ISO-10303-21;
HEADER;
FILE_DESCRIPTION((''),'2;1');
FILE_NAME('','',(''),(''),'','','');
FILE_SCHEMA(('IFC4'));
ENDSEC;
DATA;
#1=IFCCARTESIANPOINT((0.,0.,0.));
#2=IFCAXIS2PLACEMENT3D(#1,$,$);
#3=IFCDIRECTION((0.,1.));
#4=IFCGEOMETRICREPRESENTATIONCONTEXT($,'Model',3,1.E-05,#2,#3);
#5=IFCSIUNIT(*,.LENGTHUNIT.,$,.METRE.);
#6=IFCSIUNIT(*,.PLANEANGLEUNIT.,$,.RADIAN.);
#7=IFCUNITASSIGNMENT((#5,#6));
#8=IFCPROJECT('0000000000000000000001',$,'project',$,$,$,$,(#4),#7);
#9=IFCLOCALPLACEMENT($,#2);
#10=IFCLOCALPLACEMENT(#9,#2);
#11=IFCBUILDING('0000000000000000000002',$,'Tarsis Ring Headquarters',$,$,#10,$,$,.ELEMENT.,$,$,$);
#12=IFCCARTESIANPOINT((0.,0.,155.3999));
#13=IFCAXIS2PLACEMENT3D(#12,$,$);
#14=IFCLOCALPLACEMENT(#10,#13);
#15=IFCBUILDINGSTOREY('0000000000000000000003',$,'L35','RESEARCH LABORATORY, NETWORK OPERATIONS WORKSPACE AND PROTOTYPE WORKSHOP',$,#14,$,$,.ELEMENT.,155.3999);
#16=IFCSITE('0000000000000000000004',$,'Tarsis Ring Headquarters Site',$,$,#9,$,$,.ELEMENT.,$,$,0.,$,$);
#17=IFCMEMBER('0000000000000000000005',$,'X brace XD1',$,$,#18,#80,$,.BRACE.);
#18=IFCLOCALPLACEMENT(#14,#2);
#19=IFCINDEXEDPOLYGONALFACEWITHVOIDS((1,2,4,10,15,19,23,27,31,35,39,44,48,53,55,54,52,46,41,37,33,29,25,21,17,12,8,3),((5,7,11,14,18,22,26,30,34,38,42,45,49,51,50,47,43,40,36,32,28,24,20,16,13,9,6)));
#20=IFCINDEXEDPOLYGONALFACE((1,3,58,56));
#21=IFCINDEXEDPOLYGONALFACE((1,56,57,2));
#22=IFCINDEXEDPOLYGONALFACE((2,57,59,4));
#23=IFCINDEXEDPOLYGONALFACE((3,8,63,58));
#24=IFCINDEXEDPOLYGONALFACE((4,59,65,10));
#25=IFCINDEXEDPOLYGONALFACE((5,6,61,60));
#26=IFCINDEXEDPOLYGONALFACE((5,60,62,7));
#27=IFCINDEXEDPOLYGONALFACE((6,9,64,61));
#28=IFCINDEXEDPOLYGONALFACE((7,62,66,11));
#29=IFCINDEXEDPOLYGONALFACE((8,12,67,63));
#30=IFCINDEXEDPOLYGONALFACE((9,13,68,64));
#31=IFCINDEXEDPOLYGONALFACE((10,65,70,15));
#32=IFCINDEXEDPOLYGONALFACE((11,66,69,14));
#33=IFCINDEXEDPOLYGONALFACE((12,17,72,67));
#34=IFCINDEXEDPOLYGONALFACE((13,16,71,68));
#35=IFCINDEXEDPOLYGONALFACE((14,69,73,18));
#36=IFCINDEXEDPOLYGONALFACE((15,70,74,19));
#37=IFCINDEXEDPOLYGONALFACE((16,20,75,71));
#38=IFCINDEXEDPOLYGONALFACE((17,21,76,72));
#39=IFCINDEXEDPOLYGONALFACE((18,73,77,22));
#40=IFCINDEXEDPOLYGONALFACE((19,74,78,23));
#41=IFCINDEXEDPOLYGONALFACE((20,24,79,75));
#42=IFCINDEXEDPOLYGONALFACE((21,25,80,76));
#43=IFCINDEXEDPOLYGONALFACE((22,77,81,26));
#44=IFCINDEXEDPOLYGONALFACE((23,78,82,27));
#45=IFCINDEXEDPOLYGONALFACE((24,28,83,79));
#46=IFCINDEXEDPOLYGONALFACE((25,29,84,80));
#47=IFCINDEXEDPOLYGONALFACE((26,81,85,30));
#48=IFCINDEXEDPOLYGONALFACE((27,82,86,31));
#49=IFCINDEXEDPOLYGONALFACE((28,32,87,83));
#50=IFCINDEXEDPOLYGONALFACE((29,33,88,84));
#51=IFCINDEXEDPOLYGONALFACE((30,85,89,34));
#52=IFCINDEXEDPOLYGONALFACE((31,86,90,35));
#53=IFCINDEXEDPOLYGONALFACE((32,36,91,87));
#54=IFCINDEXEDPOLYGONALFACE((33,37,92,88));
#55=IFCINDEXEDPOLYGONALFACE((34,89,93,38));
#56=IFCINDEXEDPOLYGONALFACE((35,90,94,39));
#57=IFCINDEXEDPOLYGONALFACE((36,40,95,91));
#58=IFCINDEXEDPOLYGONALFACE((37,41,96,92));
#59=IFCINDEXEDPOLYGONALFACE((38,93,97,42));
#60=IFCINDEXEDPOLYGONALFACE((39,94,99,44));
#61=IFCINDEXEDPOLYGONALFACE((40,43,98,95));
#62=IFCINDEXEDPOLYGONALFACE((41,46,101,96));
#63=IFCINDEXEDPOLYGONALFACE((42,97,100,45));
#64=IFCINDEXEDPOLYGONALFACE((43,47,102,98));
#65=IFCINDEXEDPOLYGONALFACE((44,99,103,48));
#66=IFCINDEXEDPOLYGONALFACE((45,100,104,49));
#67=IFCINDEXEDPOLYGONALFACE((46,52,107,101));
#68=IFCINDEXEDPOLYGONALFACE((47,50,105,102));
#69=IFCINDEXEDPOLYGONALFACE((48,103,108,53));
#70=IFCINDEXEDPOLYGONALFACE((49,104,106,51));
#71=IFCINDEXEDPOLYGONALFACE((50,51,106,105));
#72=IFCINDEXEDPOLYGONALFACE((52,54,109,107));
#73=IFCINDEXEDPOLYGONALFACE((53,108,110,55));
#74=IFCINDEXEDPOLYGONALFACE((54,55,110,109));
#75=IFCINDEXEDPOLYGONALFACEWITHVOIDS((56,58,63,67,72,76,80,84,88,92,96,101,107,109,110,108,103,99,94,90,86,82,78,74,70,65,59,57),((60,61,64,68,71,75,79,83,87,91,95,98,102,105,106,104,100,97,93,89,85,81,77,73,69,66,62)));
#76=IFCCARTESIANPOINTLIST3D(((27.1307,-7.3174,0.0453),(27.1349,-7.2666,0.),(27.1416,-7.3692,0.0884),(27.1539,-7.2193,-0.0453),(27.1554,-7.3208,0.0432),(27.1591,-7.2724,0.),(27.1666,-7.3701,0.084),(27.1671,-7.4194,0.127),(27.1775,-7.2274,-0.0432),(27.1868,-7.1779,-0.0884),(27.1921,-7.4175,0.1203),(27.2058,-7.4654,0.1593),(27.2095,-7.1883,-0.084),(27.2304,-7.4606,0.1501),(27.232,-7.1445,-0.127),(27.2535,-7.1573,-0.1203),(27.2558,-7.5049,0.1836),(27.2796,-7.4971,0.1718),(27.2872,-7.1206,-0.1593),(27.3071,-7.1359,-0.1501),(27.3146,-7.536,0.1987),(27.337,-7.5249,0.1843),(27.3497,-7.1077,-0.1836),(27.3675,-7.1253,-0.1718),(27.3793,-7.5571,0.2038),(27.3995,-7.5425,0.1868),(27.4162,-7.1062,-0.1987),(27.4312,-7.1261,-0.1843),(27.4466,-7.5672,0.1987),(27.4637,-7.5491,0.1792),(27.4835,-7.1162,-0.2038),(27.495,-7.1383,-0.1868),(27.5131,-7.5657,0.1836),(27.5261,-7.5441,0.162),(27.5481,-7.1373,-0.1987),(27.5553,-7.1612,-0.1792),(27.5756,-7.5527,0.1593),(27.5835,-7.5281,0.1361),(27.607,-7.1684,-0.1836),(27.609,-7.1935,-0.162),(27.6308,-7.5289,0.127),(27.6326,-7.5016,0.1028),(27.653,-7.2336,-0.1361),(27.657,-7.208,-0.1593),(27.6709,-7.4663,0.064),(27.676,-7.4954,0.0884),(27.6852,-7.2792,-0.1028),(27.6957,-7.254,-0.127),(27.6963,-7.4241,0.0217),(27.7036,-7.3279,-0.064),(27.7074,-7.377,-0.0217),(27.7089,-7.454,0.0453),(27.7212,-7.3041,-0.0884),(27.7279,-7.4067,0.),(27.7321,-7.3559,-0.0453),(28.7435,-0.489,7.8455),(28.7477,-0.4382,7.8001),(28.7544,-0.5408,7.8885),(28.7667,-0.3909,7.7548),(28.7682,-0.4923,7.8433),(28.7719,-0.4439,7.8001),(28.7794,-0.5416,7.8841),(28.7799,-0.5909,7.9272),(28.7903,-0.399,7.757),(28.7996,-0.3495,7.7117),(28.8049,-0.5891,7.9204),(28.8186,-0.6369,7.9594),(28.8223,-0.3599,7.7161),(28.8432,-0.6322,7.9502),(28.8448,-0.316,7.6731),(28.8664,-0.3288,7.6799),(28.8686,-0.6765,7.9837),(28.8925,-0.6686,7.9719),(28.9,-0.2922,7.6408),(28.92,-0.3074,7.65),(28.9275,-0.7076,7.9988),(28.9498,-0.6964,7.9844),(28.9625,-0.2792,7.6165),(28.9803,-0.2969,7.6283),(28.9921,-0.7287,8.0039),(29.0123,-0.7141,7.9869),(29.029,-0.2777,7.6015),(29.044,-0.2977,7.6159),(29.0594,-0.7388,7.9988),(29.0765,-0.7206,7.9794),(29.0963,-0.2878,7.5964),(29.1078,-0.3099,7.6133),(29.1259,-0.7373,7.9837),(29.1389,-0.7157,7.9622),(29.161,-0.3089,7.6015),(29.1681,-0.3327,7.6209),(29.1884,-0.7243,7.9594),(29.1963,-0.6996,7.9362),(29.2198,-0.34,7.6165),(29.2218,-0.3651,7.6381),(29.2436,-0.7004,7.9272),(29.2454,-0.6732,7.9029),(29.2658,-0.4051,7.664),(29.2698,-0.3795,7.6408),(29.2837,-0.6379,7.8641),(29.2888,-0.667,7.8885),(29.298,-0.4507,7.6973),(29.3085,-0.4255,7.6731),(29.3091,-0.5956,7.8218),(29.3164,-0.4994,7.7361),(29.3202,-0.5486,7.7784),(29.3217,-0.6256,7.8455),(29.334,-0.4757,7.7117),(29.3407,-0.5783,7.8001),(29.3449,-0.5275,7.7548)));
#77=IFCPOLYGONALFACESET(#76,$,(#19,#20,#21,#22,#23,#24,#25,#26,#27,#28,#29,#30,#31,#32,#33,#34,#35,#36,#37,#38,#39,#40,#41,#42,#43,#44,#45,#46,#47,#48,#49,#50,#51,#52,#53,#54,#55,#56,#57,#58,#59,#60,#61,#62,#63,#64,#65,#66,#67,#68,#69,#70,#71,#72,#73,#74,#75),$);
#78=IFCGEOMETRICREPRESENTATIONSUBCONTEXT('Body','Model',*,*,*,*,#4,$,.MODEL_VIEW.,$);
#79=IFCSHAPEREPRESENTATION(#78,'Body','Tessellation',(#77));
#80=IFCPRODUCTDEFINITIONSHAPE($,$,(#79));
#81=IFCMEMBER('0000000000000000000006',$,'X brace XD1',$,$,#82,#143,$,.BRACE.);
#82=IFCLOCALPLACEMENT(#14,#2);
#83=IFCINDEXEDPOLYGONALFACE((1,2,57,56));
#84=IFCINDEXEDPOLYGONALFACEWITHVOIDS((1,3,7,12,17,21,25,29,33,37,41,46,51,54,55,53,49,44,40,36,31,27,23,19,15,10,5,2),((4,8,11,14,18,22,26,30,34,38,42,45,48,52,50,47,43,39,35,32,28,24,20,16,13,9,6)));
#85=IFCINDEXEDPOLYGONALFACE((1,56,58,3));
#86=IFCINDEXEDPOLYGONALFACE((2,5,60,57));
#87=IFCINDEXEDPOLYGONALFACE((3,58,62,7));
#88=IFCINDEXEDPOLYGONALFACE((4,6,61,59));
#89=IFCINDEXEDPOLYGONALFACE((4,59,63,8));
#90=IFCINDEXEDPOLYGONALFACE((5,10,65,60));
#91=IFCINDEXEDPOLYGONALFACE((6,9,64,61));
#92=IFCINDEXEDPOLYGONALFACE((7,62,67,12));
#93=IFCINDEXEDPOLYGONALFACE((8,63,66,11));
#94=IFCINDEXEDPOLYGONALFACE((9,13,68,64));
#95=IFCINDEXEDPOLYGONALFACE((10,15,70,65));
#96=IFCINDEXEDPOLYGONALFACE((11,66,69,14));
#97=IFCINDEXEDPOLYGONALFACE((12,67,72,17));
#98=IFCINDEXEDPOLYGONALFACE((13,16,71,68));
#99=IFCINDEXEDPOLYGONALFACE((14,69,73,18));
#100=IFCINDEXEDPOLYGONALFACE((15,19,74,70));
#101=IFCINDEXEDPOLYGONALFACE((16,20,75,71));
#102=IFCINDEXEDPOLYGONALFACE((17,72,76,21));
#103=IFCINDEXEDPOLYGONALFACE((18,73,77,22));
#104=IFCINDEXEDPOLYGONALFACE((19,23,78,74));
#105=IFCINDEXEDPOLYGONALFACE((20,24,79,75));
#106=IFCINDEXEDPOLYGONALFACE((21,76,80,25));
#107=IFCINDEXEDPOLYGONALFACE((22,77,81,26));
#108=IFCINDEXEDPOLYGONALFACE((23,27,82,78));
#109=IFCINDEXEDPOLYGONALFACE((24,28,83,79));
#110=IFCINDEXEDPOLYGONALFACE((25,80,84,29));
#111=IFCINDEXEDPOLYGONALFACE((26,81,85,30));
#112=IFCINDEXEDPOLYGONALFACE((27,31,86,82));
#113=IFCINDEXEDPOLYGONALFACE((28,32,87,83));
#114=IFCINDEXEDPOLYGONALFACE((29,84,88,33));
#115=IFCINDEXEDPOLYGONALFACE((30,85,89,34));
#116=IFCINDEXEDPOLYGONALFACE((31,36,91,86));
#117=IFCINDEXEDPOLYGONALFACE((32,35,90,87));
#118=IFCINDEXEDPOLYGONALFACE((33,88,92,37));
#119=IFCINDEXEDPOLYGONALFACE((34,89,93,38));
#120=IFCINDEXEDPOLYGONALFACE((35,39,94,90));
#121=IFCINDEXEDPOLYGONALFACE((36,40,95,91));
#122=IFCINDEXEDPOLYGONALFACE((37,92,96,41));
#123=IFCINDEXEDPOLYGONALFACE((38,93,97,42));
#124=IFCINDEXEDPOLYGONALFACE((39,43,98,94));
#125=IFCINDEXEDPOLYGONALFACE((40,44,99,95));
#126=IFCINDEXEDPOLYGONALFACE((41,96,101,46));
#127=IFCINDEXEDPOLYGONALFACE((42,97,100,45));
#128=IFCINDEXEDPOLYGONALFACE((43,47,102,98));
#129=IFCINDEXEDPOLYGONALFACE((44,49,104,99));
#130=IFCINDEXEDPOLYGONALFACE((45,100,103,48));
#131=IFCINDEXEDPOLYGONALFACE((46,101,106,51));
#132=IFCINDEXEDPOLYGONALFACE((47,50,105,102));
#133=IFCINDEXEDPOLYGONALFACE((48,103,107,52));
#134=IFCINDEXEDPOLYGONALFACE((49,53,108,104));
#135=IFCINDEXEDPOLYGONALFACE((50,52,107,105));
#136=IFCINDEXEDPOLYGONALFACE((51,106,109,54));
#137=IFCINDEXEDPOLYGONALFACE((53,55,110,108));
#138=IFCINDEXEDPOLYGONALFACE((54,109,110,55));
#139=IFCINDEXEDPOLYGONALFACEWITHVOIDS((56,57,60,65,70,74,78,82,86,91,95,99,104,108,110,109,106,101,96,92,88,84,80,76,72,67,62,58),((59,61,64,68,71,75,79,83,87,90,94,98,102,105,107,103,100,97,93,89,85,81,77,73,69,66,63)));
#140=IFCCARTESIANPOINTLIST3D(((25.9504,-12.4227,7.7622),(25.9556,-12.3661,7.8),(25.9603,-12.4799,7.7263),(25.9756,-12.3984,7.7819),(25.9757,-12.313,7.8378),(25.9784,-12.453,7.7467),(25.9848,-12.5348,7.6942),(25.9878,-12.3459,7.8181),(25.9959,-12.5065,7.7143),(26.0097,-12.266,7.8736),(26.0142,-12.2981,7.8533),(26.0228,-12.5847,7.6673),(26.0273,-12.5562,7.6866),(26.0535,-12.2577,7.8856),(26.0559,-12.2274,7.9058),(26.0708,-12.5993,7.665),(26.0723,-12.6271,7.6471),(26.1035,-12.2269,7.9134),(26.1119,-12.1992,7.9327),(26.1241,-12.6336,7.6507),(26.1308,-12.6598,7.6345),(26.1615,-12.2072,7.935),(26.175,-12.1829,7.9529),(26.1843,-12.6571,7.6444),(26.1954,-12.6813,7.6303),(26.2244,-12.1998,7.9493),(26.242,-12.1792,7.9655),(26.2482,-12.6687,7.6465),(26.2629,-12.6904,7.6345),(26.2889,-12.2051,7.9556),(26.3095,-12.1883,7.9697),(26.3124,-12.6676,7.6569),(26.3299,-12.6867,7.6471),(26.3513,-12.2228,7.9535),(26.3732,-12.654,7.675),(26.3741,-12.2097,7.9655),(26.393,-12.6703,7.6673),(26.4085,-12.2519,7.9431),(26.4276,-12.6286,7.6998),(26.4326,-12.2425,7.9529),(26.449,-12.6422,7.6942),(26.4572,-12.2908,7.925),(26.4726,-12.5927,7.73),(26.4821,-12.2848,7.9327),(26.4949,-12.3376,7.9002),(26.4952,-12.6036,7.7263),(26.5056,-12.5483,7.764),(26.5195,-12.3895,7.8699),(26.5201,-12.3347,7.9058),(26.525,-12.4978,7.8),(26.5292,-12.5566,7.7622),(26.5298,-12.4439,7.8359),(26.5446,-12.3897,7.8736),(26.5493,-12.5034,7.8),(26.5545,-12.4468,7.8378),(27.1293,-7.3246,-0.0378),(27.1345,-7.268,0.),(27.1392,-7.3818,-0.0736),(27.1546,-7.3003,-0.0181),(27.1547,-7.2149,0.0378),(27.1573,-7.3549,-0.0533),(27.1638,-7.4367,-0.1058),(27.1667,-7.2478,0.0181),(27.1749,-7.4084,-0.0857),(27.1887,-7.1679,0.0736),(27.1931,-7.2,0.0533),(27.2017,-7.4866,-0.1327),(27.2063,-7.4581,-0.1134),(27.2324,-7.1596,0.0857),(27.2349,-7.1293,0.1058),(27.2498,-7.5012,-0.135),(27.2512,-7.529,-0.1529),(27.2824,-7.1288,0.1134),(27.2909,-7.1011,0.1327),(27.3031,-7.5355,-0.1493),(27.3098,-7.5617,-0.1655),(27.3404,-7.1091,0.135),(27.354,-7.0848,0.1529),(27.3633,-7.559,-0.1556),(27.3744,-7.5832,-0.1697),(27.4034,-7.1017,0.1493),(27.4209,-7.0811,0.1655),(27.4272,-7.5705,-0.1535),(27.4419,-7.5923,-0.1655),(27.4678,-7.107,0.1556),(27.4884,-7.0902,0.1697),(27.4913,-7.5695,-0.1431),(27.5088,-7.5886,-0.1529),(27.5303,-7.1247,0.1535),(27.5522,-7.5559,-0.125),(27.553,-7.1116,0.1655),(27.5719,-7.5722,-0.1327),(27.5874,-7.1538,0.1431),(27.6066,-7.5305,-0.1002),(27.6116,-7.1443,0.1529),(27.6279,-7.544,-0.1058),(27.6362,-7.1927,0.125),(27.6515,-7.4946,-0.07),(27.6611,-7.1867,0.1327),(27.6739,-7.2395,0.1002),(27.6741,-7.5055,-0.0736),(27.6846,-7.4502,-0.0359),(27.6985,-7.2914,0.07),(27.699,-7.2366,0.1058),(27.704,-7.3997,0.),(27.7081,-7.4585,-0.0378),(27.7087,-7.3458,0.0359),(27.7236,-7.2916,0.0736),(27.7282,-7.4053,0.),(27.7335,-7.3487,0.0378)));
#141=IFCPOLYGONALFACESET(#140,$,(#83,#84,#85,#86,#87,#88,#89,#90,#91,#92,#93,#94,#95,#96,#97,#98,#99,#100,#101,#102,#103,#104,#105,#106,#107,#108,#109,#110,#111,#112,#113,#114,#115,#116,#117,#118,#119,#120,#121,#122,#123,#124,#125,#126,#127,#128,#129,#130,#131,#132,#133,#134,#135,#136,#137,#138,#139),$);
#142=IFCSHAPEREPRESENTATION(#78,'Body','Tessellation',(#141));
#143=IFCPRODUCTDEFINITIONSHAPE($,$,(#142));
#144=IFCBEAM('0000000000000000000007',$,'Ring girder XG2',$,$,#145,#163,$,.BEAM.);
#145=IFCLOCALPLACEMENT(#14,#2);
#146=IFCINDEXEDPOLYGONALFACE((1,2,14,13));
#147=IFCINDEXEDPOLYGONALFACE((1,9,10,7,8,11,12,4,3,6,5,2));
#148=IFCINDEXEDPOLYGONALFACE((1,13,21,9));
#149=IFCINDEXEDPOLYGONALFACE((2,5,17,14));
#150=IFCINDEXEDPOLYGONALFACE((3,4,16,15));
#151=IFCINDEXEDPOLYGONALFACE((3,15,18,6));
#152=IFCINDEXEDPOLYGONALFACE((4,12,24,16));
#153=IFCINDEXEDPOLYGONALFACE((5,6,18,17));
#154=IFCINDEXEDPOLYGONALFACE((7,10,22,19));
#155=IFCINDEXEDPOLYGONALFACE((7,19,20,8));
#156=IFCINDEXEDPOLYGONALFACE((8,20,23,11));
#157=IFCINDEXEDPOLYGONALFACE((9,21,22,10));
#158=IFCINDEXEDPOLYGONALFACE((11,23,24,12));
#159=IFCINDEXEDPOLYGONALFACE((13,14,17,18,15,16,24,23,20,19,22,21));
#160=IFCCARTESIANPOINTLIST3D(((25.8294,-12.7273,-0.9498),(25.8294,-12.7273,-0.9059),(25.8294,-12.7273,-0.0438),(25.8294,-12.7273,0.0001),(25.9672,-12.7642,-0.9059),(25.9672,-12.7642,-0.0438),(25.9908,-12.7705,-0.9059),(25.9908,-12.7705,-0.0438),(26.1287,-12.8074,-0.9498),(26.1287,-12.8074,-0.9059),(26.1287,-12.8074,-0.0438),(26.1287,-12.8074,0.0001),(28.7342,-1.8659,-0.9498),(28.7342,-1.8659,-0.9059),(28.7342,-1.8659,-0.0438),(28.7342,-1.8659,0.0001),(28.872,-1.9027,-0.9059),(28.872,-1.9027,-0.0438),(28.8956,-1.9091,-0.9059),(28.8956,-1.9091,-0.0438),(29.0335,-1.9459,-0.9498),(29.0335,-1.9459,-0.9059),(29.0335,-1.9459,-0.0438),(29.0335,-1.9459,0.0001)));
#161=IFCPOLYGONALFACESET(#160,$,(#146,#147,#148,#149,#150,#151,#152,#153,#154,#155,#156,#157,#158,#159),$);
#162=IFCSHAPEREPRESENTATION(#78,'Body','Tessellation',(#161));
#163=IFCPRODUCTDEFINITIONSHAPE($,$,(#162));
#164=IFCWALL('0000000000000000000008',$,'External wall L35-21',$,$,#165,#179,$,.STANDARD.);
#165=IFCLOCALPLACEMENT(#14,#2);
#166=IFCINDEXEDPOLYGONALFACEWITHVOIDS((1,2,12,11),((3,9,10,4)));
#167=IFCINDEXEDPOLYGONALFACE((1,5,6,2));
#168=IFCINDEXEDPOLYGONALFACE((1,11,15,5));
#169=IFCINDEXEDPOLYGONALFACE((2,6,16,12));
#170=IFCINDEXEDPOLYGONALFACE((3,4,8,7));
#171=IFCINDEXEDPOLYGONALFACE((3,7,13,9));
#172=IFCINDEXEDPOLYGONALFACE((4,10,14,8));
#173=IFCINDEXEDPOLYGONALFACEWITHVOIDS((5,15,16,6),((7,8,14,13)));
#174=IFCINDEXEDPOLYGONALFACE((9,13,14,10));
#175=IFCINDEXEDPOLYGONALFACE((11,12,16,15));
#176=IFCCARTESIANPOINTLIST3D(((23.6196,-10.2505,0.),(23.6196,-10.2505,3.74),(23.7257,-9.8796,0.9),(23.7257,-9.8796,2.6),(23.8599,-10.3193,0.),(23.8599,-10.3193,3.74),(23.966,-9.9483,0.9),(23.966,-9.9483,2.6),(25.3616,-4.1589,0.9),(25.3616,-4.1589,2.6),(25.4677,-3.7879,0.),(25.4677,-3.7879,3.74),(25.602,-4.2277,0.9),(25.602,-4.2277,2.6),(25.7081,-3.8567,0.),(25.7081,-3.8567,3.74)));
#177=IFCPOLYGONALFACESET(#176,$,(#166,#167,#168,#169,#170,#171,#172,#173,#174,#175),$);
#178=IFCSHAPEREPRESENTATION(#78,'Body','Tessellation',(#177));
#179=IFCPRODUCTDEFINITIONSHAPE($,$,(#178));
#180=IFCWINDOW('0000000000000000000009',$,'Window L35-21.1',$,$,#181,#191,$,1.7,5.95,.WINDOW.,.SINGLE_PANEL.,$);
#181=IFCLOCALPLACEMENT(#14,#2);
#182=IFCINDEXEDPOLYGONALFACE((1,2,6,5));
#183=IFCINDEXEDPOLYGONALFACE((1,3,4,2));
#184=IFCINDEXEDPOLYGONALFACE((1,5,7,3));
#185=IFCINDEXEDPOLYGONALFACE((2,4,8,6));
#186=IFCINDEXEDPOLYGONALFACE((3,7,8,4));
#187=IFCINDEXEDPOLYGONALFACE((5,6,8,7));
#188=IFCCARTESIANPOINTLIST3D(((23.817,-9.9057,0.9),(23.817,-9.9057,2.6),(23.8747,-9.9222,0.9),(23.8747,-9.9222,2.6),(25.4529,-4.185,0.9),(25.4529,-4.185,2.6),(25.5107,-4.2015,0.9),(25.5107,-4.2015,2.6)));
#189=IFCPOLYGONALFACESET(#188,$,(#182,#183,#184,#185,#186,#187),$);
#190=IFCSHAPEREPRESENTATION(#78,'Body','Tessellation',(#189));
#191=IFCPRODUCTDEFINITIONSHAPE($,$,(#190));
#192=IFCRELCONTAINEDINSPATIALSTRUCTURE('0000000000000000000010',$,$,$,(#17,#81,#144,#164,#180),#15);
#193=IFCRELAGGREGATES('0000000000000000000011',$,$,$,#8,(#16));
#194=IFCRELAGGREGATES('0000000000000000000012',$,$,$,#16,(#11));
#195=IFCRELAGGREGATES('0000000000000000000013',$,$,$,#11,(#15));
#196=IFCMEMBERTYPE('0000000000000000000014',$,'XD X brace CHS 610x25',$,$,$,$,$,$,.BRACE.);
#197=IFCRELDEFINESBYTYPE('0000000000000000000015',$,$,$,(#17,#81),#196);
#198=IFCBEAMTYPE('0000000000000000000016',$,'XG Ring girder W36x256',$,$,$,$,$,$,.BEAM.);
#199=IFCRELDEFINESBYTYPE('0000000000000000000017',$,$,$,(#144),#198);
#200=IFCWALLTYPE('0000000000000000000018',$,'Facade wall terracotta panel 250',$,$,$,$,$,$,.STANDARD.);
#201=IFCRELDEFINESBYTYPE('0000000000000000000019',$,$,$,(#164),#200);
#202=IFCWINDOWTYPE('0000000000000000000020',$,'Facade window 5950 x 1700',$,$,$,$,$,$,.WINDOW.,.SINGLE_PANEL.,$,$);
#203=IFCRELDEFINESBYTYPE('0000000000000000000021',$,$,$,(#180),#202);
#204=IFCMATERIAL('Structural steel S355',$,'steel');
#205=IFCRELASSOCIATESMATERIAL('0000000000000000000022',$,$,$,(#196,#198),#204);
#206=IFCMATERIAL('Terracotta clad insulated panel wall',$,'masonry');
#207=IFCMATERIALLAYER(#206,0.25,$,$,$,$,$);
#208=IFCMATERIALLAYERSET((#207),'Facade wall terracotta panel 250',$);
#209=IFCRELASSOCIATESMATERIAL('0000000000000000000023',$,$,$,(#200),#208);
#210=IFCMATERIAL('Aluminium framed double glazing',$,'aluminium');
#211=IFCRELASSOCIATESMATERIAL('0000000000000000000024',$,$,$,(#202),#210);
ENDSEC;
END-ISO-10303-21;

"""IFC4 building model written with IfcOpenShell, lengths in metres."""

from ifc_helpers import new_model, si_unit, direction, frame, frame_2d, origin, origin_2d, place, context, subcontext, project, spatial, rectangle, hollow_circle, i_section, extrude, material, layer, layer_set, material_profile, profile_set, type_object, element, fill, save


model = new_model("IFC4")

# Units and contexts
model_context = context("Model", 3, precision=1e-05, world=origin(), true_north=direction((0.0, 1.0)))
body_context = subcontext(model_context, "Body", "Model", "MODEL_VIEW")
ifc_project = project(units=[si_unit("LENGTHUNIT", "METRE"), si_unit("PLANEANGLEUNIT", "RADIAN")], contexts=[model_context])

# Site, building, storey
site_placement = place(None, origin())
site = spatial("IfcSite", under=ifc_project, at=site_placement, Name="Tarsis Ring Headquarters Site", CompositionType="ELEMENT", RefElevation=0.0)
building_placement = place(site_placement, origin())
building = spatial("IfcBuilding", under=site, at=building_placement, Name="Tarsis Ring Headquarters", CompositionType="ELEMENT")
storey_placement = place(building_placement, frame((0.0, 0.0, 155.3999)))
storey = spatial("IfcBuildingStorey", under=building, at=storey_placement, Name="L35", Description="RESEARCH LABORATORY, NETWORK OPERATIONS WORKSPACE AND PROTOTYPE WORKSHOP", CompositionType="ELEMENT", Elevation=155.3999)

# Shared definitions
ifc_material_1 = material(Name="Structural steel S355", Category="steel")

# Members
ifc_material_profile_1 = material_profile(ifc_material_1, hollow_circle(Radius=0.3047, WallThickness=0.0249, at=origin_2d()), Name="CHS 610x25")
ifc_profile_set_1 = profile_set([ifc_material_profile_1], Name="Structural steel S355")
member_type = type_object("IfcMemberType", Name="XD X brace CHS 610x25", PredefinedType="BRACE", material=ifc_profile_set_1)
member_1_placement = place(storey_placement, frame((27.4314, -7.3367, 0.0), z_axis=(0.153726, 0.650857, 0.743474), x_axis=(-0.973222, 0.229865, 0.0)))
element("IfcMember", 1, at=member_1_placement, inside=storey, type_object=member_type, Name="X brace XD1", PredefinedType="BRACE", context=body_context, shape_type="SweptSolid", body=[
    extrude(hollow_circle(Radius=0.3047, WallThickness=0.0249, at=origin_2d()), origin(), (0.0, 0.0, 1.0), 10.4915),
])
member_2_placement = place(storey_placement, frame((27.4314, -7.3367, 0.0), z_axis=(-0.125519, -0.542781, 0.830442), x_axis=(0.974288, -0.225306, 0.0)))
element("IfcMember", 2, at=member_2_placement, inside=storey, type_object=member_type, Name="X brace XD1", PredefinedType="BRACE", context=body_context, shape_type="SweptSolid", body=[
    extrude(hollow_circle(Radius=0.3047, WallThickness=0.0249, at=origin_2d()), origin(), (0.0, 0.0, 1.0), 9.3926),
])

# Beam
ifc_material_profile_2 = material_profile(ifc_material_1, i_section(OverallWidth=0.3098, OverallDepth=0.95, WebThickness=0.0244, FlangeThickness=0.0439, at=origin_2d()), Name="W36x256")
ifc_profile_set_2 = profile_set([ifc_material_profile_2], Name="Structural steel S355")
beam_type = type_object("IfcBeamType", Name="XG Ring girder W36x256", PredefinedType="BEAM", material=ifc_profile_set_2)
beam_placement = place(storey_placement, frame((25.979, -12.7673, -0.4749), z_axis=(0.258363, 0.966048, 0.0), x_axis=(-0.966048, 0.258363, 0.0)))
element("IfcBeam", 3, at=beam_placement, inside=storey, type_object=beam_type, Name="Ring girder XG2", PredefinedType="BEAM", context=body_context, shape_type="SweptSolid", body=[
    extrude(i_section(OverallWidth=0.3098, OverallDepth=0.95, WebThickness=0.0244, FlangeThickness=0.0439, at=origin_2d()), origin(), (0.0, 0.0, 1.0), 11.2432),
])

# Wall, opening, window
ifc_material_2 = material(Name="Terracotta clad insulated panel wall", Category="masonry")
ifc_layer = layer(ifc_material_2, 0.25)
ifc_layer_set = layer_set([ifc_layer], Name="Facade wall terracotta panel 250")
wall_type = type_object("IfcWallType", Name="Facade wall terracotta panel 250", PredefinedType="STANDARD", material=ifc_layer_set)
wall_1_placement = place(storey_placement, frame((23.7397, -10.2849, 0.0), z_axis=(0.0, 0.0, 1.0), x_axis=(0.274951, 0.961458, 0.0)))
wall_1 = element("IfcWall", 4, at=wall_1_placement, inside=storey, type_object=wall_type, Name="External wall L35-21", PredefinedType="STANDARD", context=body_context, shape_type="SweptSolid", body=[
    extrude(rectangle(XDim=6.7217, YDim=0.25, at=frame_2d((3.3608, 0.0))), origin(), (0.0, 0.0, 1.0), 3.74),
])
opening_1_placement = place(wall_1_placement, frame((0.3857, 0.0, 0.8999)))
opening_1 = element("IfcOpeningElement", 5, at=opening_1_placement, cuts=wall_1, PredefinedType="OPENING", context=body_context, shape_type="SweptSolid", body=[
    extrude(rectangle(XDim=5.95, YDim=1.7, at=frame_2d((2.9751, 0.8501))), frame((0.0, 0.135, 0.0), z_axis=(0.0, -1.0, 0.0), x_axis=(1.0, 0.0, 0.0)), (0.0, 0.0, 1.0), 0.27),
])
ifc_material_3 = material(Name="Aluminium framed double glazing", Category="aluminium")
window_type = type_object("IfcWindowType", Name="Facade window 5950 x 1700", PartitioningType="SINGLE_PANEL", PredefinedType="WINDOW", material=ifc_material_3)
window_1_placement = place(opening_1_placement, origin())
window_1 = element("IfcWindow", 6, at=window_1_placement, inside=storey, type_object=window_type, Name="Window L35-21.1", OverallHeight=1.7, OverallWidth=5.95, PartitioningType="SINGLE_PANEL", PredefinedType="WINDOW", context=body_context, shape_type="SweptSolid", body=[
    extrude(rectangle(XDim=5.95, YDim=1.7, at=frame_2d((2.9751, 0.8501))), frame((0.0, 0.03, 0.0), z_axis=(0.0, -1.0, 0.0), x_axis=(1.0, 0.0, 0.0)), (0.0, 0.0, 1.0), 0.0601),
])
fill(opening_1, window_1)

save(model, "model.ifc")
